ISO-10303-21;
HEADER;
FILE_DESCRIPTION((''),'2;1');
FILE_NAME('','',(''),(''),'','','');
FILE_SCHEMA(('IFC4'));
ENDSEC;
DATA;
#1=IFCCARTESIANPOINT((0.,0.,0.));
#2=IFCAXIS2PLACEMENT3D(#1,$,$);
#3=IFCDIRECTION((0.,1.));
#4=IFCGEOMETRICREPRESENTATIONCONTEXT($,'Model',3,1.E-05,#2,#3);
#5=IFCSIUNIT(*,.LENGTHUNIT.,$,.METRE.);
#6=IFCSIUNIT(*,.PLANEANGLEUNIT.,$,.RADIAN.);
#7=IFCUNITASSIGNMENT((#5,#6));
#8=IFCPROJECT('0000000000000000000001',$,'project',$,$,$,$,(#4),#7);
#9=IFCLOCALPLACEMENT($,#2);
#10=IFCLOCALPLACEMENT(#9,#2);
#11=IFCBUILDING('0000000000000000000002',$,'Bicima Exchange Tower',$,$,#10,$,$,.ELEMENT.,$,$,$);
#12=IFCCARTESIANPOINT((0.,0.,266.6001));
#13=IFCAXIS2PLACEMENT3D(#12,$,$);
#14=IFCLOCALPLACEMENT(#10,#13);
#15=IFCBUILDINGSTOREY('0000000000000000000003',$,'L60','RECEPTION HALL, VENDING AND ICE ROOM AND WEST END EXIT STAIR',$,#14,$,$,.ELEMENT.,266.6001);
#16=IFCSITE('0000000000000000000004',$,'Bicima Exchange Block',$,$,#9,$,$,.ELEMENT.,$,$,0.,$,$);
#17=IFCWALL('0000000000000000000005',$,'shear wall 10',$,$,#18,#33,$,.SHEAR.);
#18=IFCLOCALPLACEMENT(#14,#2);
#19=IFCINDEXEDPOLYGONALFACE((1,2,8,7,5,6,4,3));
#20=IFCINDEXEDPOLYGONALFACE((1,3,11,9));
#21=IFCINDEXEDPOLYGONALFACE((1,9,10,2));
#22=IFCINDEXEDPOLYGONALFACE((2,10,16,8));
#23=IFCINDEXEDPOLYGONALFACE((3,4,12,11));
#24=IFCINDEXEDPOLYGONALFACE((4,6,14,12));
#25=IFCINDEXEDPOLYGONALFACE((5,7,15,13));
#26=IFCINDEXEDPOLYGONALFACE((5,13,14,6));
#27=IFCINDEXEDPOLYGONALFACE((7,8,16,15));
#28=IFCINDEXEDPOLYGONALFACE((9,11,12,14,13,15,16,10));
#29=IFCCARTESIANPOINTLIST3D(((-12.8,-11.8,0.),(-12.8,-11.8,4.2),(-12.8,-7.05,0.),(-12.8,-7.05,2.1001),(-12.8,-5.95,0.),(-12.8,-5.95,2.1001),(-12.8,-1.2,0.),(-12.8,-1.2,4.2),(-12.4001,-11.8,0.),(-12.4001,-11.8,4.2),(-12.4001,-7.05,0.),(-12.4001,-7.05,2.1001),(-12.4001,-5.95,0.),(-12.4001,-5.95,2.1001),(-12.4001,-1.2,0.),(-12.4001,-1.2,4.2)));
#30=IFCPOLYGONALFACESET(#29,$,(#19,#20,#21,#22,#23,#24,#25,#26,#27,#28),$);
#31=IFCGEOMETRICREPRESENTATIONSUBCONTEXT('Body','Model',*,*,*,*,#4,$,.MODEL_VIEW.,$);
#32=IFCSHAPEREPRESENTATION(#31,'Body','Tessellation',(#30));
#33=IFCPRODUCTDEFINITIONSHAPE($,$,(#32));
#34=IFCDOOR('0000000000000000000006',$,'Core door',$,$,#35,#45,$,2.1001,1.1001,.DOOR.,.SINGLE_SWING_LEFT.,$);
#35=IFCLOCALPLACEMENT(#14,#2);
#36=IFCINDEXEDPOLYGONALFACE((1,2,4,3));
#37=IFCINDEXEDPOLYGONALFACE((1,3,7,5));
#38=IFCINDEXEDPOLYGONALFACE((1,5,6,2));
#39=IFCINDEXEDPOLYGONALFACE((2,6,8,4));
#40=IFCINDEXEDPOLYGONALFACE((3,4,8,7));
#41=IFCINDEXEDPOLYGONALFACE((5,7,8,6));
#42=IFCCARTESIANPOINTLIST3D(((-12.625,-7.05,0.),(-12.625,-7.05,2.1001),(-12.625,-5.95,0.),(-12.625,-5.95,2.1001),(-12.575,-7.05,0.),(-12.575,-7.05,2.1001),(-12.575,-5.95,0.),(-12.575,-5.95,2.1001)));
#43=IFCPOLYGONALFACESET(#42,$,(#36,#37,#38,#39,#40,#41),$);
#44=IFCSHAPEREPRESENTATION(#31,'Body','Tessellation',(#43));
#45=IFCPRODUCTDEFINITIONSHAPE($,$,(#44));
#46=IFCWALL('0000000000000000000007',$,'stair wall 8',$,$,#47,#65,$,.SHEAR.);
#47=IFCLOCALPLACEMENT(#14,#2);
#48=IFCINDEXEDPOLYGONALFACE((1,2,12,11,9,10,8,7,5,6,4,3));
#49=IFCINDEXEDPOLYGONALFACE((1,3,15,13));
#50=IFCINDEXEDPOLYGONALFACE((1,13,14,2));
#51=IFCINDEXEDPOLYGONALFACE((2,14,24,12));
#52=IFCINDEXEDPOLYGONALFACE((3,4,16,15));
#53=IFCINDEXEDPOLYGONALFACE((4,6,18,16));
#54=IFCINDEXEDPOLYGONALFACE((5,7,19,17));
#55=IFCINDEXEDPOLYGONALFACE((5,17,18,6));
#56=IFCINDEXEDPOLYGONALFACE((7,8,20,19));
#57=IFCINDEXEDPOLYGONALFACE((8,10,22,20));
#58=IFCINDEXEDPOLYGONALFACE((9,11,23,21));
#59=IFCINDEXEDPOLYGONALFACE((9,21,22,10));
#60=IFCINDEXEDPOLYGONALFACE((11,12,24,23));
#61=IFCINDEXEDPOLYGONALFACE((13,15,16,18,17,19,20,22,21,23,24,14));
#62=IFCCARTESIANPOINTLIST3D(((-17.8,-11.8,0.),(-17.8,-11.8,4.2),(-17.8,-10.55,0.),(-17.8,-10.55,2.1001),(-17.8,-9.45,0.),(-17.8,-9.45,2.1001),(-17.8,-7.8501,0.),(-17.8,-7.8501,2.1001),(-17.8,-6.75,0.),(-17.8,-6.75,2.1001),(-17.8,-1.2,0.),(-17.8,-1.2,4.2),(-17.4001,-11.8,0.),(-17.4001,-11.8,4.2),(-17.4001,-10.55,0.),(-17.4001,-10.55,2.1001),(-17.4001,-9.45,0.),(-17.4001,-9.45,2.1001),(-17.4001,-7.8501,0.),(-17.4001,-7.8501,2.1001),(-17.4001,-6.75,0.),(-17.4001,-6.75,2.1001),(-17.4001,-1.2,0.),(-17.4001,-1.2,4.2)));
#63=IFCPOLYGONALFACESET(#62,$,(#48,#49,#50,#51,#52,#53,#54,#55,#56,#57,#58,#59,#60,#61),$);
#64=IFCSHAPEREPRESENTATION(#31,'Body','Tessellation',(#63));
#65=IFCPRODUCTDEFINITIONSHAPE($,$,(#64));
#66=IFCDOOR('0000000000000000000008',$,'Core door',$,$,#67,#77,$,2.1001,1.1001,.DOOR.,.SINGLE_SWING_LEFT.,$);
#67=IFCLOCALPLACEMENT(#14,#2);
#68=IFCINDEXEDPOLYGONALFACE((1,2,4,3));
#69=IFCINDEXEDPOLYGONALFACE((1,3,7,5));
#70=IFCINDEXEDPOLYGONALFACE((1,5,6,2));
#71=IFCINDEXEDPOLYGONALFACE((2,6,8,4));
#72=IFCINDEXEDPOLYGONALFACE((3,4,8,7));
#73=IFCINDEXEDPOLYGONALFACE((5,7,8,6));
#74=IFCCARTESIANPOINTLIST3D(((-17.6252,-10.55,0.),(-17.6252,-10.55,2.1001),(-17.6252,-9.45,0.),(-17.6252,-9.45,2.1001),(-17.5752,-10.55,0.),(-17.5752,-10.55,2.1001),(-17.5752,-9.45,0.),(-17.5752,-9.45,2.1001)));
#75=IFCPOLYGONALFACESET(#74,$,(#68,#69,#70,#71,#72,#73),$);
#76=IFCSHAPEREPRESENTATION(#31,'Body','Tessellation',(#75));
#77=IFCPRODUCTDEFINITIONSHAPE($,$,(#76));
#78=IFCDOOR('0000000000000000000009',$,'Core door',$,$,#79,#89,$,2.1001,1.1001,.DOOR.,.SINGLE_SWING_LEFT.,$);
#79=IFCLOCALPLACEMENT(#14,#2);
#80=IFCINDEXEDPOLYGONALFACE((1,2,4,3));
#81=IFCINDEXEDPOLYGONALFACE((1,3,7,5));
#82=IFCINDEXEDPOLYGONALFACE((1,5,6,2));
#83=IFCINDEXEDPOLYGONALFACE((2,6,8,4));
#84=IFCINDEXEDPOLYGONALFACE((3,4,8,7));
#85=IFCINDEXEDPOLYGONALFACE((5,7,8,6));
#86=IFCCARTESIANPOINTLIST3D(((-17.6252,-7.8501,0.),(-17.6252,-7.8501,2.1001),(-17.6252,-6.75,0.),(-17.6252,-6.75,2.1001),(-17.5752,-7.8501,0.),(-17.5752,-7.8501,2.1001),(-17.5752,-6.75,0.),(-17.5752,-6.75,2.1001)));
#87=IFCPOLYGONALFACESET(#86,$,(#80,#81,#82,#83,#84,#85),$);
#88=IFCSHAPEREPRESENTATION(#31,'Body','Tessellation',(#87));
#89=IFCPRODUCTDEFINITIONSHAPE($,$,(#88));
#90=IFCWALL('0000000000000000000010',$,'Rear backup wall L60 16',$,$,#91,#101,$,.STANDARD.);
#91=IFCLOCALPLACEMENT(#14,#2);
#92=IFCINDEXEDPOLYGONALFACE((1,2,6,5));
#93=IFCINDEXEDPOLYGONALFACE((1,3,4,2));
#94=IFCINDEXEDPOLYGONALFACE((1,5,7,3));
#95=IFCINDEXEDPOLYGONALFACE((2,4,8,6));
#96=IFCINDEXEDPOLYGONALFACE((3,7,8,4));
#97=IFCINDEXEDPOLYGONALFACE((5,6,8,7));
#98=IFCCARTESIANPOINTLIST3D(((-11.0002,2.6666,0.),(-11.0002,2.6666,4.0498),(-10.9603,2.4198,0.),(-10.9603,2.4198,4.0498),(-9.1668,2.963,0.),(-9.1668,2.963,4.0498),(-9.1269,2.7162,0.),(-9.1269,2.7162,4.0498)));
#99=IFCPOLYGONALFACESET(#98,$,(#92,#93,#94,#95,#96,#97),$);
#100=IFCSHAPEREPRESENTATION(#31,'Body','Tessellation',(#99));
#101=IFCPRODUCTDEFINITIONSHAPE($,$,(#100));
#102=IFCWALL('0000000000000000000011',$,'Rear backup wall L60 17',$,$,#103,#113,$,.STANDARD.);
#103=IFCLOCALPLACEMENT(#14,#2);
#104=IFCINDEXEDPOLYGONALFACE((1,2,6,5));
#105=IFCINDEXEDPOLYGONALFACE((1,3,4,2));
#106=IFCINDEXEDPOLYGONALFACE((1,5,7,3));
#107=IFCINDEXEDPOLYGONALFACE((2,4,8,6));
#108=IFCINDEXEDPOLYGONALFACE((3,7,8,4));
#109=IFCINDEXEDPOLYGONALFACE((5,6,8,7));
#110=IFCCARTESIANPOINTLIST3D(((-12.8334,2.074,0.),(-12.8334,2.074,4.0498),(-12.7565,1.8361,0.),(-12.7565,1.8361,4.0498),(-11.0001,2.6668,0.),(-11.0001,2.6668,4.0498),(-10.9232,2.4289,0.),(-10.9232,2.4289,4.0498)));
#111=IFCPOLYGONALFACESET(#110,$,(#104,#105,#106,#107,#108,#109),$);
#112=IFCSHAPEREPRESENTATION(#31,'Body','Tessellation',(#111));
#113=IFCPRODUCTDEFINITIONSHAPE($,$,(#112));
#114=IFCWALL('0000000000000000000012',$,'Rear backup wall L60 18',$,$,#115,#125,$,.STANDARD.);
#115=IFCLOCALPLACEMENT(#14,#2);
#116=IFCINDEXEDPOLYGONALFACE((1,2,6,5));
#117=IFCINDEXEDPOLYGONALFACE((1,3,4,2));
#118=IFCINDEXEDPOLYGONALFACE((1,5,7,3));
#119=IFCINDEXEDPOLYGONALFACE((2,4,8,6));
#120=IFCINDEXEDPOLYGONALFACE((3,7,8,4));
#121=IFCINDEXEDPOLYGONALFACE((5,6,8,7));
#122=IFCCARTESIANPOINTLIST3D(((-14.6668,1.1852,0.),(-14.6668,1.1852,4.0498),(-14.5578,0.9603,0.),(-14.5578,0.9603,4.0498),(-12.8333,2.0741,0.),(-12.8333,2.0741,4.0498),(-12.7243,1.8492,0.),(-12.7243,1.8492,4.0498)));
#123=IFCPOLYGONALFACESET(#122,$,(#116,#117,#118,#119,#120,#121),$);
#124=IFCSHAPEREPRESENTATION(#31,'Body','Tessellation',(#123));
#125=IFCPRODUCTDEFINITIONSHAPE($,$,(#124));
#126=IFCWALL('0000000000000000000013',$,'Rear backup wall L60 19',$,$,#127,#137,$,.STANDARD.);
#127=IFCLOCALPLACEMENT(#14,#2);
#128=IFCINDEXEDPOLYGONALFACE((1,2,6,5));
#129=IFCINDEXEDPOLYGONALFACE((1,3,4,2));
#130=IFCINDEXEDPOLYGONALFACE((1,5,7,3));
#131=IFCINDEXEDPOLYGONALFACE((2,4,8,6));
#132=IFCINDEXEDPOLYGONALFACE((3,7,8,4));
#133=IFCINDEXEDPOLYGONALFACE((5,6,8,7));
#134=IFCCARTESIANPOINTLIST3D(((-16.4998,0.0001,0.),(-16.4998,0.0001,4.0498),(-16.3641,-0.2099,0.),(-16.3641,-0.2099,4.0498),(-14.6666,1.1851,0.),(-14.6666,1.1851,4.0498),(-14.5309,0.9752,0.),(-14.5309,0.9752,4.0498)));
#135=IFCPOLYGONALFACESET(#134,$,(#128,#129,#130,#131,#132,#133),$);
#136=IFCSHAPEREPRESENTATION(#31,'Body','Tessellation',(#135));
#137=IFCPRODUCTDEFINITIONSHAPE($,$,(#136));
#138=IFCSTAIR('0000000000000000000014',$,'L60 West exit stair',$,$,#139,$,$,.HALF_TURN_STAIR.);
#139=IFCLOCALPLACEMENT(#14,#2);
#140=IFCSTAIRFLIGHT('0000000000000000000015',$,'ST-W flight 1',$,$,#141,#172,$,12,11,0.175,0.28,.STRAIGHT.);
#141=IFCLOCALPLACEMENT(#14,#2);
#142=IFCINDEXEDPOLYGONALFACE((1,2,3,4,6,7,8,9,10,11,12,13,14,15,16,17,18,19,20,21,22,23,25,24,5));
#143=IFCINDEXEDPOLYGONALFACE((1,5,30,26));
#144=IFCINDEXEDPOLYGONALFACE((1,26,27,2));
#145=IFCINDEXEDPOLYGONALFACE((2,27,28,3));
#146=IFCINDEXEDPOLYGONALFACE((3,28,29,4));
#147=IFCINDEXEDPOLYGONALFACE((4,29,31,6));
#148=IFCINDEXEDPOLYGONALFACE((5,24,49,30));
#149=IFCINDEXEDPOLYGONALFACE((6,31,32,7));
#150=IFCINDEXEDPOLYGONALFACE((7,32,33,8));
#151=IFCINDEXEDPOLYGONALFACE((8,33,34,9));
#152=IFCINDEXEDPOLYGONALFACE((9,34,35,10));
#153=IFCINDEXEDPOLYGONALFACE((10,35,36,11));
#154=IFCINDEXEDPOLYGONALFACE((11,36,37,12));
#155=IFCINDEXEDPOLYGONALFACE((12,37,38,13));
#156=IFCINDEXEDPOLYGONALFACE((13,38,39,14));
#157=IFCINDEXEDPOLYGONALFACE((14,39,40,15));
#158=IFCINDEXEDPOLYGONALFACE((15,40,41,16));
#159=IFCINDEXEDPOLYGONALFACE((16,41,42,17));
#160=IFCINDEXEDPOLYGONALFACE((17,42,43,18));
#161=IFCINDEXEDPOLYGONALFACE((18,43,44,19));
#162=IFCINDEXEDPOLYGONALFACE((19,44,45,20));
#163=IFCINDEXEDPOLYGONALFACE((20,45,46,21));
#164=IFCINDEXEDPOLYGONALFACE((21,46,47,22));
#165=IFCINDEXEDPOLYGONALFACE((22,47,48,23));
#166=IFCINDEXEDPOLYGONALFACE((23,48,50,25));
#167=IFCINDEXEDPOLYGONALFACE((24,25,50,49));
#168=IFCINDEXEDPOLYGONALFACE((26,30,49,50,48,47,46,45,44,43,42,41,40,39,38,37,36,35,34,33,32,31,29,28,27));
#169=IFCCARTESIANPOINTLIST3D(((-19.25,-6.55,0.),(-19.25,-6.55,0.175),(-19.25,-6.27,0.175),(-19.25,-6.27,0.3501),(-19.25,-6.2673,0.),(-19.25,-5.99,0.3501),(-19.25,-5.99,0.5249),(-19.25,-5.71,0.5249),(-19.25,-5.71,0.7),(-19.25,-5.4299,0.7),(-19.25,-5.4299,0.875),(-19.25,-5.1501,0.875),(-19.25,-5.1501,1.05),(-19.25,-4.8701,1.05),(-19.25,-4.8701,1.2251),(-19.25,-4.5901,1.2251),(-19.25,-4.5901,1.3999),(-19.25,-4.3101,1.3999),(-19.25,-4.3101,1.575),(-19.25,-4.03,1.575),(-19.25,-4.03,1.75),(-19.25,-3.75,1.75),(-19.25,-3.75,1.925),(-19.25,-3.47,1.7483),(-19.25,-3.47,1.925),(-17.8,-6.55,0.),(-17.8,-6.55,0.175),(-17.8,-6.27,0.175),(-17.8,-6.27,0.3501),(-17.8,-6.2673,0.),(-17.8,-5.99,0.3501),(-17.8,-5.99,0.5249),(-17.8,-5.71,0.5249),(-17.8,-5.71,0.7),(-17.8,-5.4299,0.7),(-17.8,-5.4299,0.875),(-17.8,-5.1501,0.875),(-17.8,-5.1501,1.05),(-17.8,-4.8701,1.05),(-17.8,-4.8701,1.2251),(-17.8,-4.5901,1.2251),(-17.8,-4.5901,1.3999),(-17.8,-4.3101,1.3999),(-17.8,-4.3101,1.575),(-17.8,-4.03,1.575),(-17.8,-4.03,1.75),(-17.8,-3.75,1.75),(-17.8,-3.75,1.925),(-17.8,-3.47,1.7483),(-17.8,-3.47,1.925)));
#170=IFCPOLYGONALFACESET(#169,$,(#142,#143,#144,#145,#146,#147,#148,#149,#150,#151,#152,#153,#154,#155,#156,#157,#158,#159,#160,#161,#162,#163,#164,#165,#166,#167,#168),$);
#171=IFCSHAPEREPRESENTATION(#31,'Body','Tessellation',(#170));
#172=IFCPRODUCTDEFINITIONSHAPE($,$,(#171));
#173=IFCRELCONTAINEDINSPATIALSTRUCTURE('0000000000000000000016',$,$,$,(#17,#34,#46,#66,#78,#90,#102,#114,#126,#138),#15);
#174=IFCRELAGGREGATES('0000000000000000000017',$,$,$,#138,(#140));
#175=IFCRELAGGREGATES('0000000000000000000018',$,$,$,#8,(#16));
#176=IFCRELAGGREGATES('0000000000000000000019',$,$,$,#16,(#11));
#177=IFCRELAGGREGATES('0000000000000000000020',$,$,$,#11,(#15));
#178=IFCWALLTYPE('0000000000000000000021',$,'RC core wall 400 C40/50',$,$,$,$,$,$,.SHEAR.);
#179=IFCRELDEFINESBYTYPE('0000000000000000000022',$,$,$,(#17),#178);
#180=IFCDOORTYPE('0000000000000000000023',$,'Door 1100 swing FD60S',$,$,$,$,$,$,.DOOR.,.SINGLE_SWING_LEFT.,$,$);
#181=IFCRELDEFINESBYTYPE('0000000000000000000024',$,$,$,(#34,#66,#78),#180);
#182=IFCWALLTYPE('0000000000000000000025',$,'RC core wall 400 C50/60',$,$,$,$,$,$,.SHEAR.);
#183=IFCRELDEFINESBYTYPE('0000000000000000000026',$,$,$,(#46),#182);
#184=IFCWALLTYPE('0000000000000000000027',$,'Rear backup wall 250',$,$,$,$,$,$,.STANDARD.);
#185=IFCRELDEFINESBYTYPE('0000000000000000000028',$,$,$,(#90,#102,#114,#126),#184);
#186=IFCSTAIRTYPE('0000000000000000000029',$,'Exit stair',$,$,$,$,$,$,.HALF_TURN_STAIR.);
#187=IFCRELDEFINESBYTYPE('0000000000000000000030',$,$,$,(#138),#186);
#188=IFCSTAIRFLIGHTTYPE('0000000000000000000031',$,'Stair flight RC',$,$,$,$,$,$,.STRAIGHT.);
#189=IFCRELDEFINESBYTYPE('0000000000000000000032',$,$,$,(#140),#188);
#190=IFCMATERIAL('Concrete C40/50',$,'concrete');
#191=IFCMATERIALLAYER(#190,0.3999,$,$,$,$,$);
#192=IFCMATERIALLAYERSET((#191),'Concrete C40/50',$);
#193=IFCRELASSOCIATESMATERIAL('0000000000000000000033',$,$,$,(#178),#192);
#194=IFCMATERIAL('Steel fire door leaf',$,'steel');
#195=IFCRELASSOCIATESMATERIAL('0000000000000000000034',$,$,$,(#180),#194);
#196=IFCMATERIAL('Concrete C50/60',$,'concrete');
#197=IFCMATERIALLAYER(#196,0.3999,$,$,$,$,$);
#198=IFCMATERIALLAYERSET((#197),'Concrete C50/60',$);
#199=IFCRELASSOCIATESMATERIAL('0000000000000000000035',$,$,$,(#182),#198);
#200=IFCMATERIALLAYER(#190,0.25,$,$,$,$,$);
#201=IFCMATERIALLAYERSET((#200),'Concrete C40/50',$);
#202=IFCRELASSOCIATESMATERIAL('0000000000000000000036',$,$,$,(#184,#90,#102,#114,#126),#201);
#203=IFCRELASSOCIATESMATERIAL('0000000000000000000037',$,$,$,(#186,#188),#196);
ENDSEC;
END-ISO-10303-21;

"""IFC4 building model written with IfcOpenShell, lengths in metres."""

from ifc_helpers import new_model, si_unit, direction, frame, frame_2d, origin, place, context, subcontext, project, spatial, polyline, rectangle, outline, extrude, material, layer, layer_set, layer_usage, type_object, element, fill, aggregate, save


model = new_model("IFC4")

# Units and contexts
model_context = context("Model", 3, precision=1e-05, world=origin(), true_north=direction((0.0, 1.0)))
body_context = subcontext(model_context, "Body", "Model", "MODEL_VIEW")
ifc_project = project(units=[si_unit("LENGTHUNIT", "METRE"), si_unit("PLANEANGLEUNIT", "RADIAN")], contexts=[model_context])

# Site, building, storey
site_placement = place(None, origin())
site = spatial("IfcSite", under=ifc_project, at=site_placement, Name="Bicima Exchange Block", CompositionType="ELEMENT", RefElevation=0.0)
building_placement = place(site_placement, origin())
building = spatial("IfcBuilding", under=site, at=building_placement, Name="Bicima Exchange Tower", CompositionType="ELEMENT")
storey_placement = place(building_placement, frame((0.0, 0.0, 266.6001)))
storey = spatial("IfcBuildingStorey", under=building, at=storey_placement, Name="L60", Description="RECEPTION HALL, VENDING AND ICE ROOM AND WEST END EXIT STAIR", CompositionType="ELEMENT", Elevation=266.6001)

# Shared definitions
ifc_material_1 = material(Name="Concrete C40/50", Category="concrete")
ifc_layer_1 = layer(ifc_material_1, 0.3999)
ifc_layer_set_1 = layer_set([ifc_layer_1], Name="Concrete C40/50")
wall_type_1 = type_object("IfcWallType", Name="RC core wall 400 C40/50", PredefinedType="SHEAR", material=ifc_layer_set_1)

# Shared definitions
ifc_material_2 = material(Name="Steel fire door leaf", Category="steel")

# Wall, opening, door
wall_1_placement = place(storey_placement, frame((-12.6001, -11.8, 0.0), z_axis=(0.0, 0.0, 1.0), x_axis=(0.0, 1.0, 0.0)))
wall_1 = element("IfcWall", 1, at=wall_1_placement, inside=storey, type_object=wall_type_1, Name="shear wall 10", PredefinedType="SHEAR", context=body_context, shape_type="SweptSolid", body=[
    extrude(rectangle(XDim=10.6001, YDim=0.3999, at=frame_2d((5.3, 0.0))), origin(), (0.0, 0.0, 1.0), 4.2),
])
opening_1_placement = place(wall_1_placement, frame((4.75, 0.0, 0.0)))
opening_1 = element("IfcOpeningElement", 2, at=opening_1_placement, cuts=wall_1, PredefinedType="OPENING", context=body_context, shape_type="SweptSolid", body=[
    extrude(rectangle(XDim=1.1001, YDim=2.1001, at=frame_2d((0.55, 1.05))), frame((0.0, 0.2119, 0.0), z_axis=(0.0, -1.0, 0.0), x_axis=(1.0, 0.0, 0.0)), (0.0, 0.0, 1.0), 0.4238),
])
door_type_1 = type_object("IfcDoorType", Name="Door 1100 swing FD60S", OperationType="SINGLE_SWING_LEFT", PredefinedType="DOOR", material=ifc_material_2)
door_1_placement = place(opening_1_placement, origin())
door_1 = element("IfcDoor", 3, at=door_1_placement, inside=storey, type_object=door_type_1, Name="Core door", OperationType="SINGLE_SWING_LEFT", OverallHeight=2.1001, OverallWidth=1.1001, PredefinedType="DOOR", context=body_context, shape_type="SweptSolid", body=[
    extrude(rectangle(XDim=1.1001, YDim=2.1001, at=frame_2d((0.55, 1.05))), frame((0.0, 0.0249, 0.0), z_axis=(0.0, -1.0, 0.0), x_axis=(1.0, 0.0, 0.0)), (0.0, 0.0, 1.0), 0.05),
])
fill(opening_1, door_1)

# Wall, openings, doors
ifc_material_3 = material(Name="Concrete C50/60", Category="concrete")
ifc_layer_2 = layer(ifc_material_3, 0.3999)
ifc_layer_set_2 = layer_set([ifc_layer_2], Name="Concrete C50/60")
wall_type_2 = type_object("IfcWallType", Name="RC core wall 400 C50/60", PredefinedType="SHEAR", material=ifc_layer_set_2)
wall_2_placement = place(storey_placement, frame((-17.6001, -11.8, 0.0), z_axis=(0.0, 0.0, 1.0), x_axis=(0.0, 1.0, 0.0)))
wall_2 = element("IfcWall", 4, at=wall_2_placement, inside=storey, type_object=wall_type_2, Name="stair wall 8", PredefinedType="SHEAR", context=body_context, shape_type="SweptSolid", body=[
    extrude(rectangle(XDim=10.6001, YDim=0.3999, at=frame_2d((5.3, 0.0))), origin(), (0.0, 0.0, 1.0), 4.2),
])
opening_2_placement = place(wall_2_placement, frame((1.25, 0.0, 0.0)))
opening_2 = element("IfcOpeningElement", 5, at=opening_2_placement, cuts=wall_2, PredefinedType="OPENING", context=body_context, shape_type="SweptSolid", body=[
    extrude(rectangle(XDim=1.1001, YDim=2.1001, at=frame_2d((0.55, 1.05))), frame((0.0, 0.2119, 0.0), z_axis=(0.0, -1.0, 0.0), x_axis=(1.0, 0.0, 0.0)), (0.0, 0.0, 1.0), 0.4238),
])
opening_3_placement = place(wall_2_placement, frame((3.95, 0.0, 0.0)))
opening_3 = element("IfcOpeningElement", 6, at=opening_3_placement, cuts=wall_2, PredefinedType="OPENING", context=body_context, shape_type="SweptSolid", body=[
    extrude(rectangle(XDim=1.1001, YDim=2.1001, at=frame_2d((0.55, 1.05))), frame((0.0, 0.2119, 0.0), z_axis=(0.0, -1.0, 0.0), x_axis=(1.0, 0.0, 0.0)), (0.0, 0.0, 1.0), 0.4238),
])
door_2_placement = place(opening_2_placement, frame((1.1001, 0.0, 0.0), z_axis=(0.0, 0.0, 1.0), x_axis=(-1.0, 0.0, 0.0)))
door_2 = element("IfcDoor", 7, at=door_2_placement, inside=storey, type_object=door_type_1, Name="Core door", OperationType="SINGLE_SWING_LEFT", OverallHeight=2.1001, OverallWidth=1.1001, PredefinedType="DOOR", context=body_context, shape_type="SweptSolid", body=[
    extrude(rectangle(XDim=1.1001, YDim=2.1001, at=frame_2d((0.55, 1.05))), frame((0.0, 0.0249, 0.0), z_axis=(0.0, -1.0, 0.0), x_axis=(1.0, 0.0, 0.0)), (0.0, 0.0, 1.0), 0.05),
])
fill(opening_2, door_2)
door_3_placement = place(opening_3_placement, frame((1.1001, 0.0, 0.0), z_axis=(0.0, 0.0, 1.0), x_axis=(-1.0, 0.0, 0.0)))
door_3 = element("IfcDoor", 8, at=door_3_placement, inside=storey, type_object=door_type_1, Name="Core door", OperationType="SINGLE_SWING_LEFT", OverallHeight=2.1001, OverallWidth=1.1001, PredefinedType="DOOR", context=body_context, shape_type="SweptSolid", body=[
    extrude(rectangle(XDim=1.1001, YDim=2.1001, at=frame_2d((0.55, 1.05))), frame((0.0, 0.0249, 0.0), z_axis=(0.0, -1.0, 0.0), x_axis=(1.0, 0.0, 0.0)), (0.0, 0.0, 1.0), 0.05),
])
fill(opening_3, door_3)

# Walls
ifc_layer_3 = layer(ifc_material_1, 0.25)
ifc_layer_set_3 = layer_set([ifc_layer_3], Name="Concrete C40/50")
ifc_layer_usage = layer_usage(ifc_layer_set_3, "AXIS2", "POSITIVE", -0.125)
wall_type_3 = type_object("IfcWallType", Name="Rear backup wall 250", PredefinedType="STANDARD", material=ifc_layer_set_3)
wall_3_placement = place(storey_placement, frame((-9.1467, 2.8396, 0.0), z_axis=(0.0, 0.0, 1.0), x_axis=(-0.987182, -0.1596, 0.0)))
element("IfcWall", 9, at=wall_3_placement, inside=storey, type_object=wall_type_3, material=ifc_layer_usage, Name="Rear backup wall L60 16", PredefinedType="STANDARD", context=body_context, shape_type="SweptSolid", body=[
    extrude(rectangle(XDim=1.8572, YDim=0.25, at=frame_2d((0.9287, 0.0))), origin(), (0.0, 0.0, 1.0), 4.0498),
])
wall_4_placement = place(storey_placement, frame((-10.9617, 2.5479, 0.0), z_axis=(0.0, 0.0, 1.0), x_axis=(-0.951496, -0.307662, 0.0)))
element("IfcWall", 10, at=wall_4_placement, inside=storey, type_object=wall_type_3, material=ifc_layer_usage, Name="Rear backup wall L60 17", PredefinedType="STANDARD", context=body_context, shape_type="SweptSolid", body=[
    extrude(rectangle(XDim=1.9268, YDim=0.25, at=frame_2d((0.9634, 0.0))), origin(), (0.0, 0.0, 1.0), 4.0498),
])
wall_5_placement = place(storey_placement, frame((-12.7788, 1.9617, 0.0), z_axis=(0.0, 0.0, 1.0), x_axis=(-0.899824, -0.436253, 0.0)))
element("IfcWall", 11, at=wall_5_placement, inside=storey, type_object=wall_type_3, material=ifc_layer_usage, Name="Rear backup wall L60 18", PredefinedType="STANDARD", context=body_context, shape_type="SweptSolid", body=[
    extrude(rectangle(XDim=2.0376, YDim=0.25, at=frame_2d((1.0188, 0.0))), origin(), (0.0, 0.0, 1.0), 4.0498),
])
wall_6_placement = place(storey_placement, frame((-14.5989, 1.0801, 0.0), z_axis=(0.0, 0.0, 1.0), x_axis=(-0.839813, -0.542876, 0.0)))
element("IfcWall", 12, at=wall_6_placement, inside=storey, type_object=wall_type_3, material=ifc_layer_usage, Name="Rear backup wall L60 19", PredefinedType="STANDARD", context=body_context, shape_type="SweptSolid", body=[
    extrude(rectangle(XDim=2.1829, YDim=0.25, at=frame_2d((1.0913, 0.0))), origin(), (0.0, 0.0, 1.0), 4.0498),
])

# Stair, stair flight
stair_type = type_object("IfcStairType", Name="Exit stair", PredefinedType="HALF_TURN_STAIR", material=ifc_material_3)
stair_placement = place(storey_placement, origin())
stair = element("IfcStair", 13, at=stair_placement, inside=storey, type_object=stair_type, Name="L60 West exit stair", PredefinedType="HALF_TURN_STAIR")
stair_flight_type = type_object("IfcStairFlightType", Name="Stair flight RC", PredefinedType="STRAIGHT", material=ifc_material_3)
stair_flight_1_placement = place(storey_placement, frame((-18.5249, -6.55, 0.0), z_axis=(0.0, 0.0, 1.0), x_axis=(0.0, 1.0, 0.0)))
stair_flight_1 = element("IfcStairFlight", 14, at=stair_flight_1_placement, type_object=stair_flight_type, Name="ST-W flight 1", NumberOfRisers=12, NumberOfTreads=11, PredefinedType="STRAIGHT", RiserHeight=0.175, TreadLength=0.28, context=body_context, shape_type="SweptSolid", body=[
    extrude(outline(polyline([(0.0, 0.0), (0.0, 0.175), (0.28, 0.175), (0.28, 0.3501), (0.5601, 0.3501), (0.5601, 0.5249), (0.8401, 0.5249), (0.8401, 0.7), (1.1201, 0.7), (1.1201, 0.875), (1.3999, 0.875), (1.3999, 1.05), (1.6799, 1.05), (1.6799, 1.2251), (1.96, 1.2251), (1.96, 1.3999), (2.24, 1.3999), (2.24, 1.575), (2.52, 1.575), (2.52, 1.75), (2.8, 1.75), (2.8, 1.925), (3.0801, 1.925), (3.0801, 2.1001), (3.0801, 1.7483), (0.2827, 0.0), (0.0, 0.0)])), frame((0.0, 0.7251, 0.0), z_axis=(0.0, -1.0, 0.0), x_axis=(1.0, 0.0, 0.0)), (0.0, 0.0, 1.0), 1.45),
])
aggregate(stair, [stair_flight_1])

save(model, "model.ifc")
